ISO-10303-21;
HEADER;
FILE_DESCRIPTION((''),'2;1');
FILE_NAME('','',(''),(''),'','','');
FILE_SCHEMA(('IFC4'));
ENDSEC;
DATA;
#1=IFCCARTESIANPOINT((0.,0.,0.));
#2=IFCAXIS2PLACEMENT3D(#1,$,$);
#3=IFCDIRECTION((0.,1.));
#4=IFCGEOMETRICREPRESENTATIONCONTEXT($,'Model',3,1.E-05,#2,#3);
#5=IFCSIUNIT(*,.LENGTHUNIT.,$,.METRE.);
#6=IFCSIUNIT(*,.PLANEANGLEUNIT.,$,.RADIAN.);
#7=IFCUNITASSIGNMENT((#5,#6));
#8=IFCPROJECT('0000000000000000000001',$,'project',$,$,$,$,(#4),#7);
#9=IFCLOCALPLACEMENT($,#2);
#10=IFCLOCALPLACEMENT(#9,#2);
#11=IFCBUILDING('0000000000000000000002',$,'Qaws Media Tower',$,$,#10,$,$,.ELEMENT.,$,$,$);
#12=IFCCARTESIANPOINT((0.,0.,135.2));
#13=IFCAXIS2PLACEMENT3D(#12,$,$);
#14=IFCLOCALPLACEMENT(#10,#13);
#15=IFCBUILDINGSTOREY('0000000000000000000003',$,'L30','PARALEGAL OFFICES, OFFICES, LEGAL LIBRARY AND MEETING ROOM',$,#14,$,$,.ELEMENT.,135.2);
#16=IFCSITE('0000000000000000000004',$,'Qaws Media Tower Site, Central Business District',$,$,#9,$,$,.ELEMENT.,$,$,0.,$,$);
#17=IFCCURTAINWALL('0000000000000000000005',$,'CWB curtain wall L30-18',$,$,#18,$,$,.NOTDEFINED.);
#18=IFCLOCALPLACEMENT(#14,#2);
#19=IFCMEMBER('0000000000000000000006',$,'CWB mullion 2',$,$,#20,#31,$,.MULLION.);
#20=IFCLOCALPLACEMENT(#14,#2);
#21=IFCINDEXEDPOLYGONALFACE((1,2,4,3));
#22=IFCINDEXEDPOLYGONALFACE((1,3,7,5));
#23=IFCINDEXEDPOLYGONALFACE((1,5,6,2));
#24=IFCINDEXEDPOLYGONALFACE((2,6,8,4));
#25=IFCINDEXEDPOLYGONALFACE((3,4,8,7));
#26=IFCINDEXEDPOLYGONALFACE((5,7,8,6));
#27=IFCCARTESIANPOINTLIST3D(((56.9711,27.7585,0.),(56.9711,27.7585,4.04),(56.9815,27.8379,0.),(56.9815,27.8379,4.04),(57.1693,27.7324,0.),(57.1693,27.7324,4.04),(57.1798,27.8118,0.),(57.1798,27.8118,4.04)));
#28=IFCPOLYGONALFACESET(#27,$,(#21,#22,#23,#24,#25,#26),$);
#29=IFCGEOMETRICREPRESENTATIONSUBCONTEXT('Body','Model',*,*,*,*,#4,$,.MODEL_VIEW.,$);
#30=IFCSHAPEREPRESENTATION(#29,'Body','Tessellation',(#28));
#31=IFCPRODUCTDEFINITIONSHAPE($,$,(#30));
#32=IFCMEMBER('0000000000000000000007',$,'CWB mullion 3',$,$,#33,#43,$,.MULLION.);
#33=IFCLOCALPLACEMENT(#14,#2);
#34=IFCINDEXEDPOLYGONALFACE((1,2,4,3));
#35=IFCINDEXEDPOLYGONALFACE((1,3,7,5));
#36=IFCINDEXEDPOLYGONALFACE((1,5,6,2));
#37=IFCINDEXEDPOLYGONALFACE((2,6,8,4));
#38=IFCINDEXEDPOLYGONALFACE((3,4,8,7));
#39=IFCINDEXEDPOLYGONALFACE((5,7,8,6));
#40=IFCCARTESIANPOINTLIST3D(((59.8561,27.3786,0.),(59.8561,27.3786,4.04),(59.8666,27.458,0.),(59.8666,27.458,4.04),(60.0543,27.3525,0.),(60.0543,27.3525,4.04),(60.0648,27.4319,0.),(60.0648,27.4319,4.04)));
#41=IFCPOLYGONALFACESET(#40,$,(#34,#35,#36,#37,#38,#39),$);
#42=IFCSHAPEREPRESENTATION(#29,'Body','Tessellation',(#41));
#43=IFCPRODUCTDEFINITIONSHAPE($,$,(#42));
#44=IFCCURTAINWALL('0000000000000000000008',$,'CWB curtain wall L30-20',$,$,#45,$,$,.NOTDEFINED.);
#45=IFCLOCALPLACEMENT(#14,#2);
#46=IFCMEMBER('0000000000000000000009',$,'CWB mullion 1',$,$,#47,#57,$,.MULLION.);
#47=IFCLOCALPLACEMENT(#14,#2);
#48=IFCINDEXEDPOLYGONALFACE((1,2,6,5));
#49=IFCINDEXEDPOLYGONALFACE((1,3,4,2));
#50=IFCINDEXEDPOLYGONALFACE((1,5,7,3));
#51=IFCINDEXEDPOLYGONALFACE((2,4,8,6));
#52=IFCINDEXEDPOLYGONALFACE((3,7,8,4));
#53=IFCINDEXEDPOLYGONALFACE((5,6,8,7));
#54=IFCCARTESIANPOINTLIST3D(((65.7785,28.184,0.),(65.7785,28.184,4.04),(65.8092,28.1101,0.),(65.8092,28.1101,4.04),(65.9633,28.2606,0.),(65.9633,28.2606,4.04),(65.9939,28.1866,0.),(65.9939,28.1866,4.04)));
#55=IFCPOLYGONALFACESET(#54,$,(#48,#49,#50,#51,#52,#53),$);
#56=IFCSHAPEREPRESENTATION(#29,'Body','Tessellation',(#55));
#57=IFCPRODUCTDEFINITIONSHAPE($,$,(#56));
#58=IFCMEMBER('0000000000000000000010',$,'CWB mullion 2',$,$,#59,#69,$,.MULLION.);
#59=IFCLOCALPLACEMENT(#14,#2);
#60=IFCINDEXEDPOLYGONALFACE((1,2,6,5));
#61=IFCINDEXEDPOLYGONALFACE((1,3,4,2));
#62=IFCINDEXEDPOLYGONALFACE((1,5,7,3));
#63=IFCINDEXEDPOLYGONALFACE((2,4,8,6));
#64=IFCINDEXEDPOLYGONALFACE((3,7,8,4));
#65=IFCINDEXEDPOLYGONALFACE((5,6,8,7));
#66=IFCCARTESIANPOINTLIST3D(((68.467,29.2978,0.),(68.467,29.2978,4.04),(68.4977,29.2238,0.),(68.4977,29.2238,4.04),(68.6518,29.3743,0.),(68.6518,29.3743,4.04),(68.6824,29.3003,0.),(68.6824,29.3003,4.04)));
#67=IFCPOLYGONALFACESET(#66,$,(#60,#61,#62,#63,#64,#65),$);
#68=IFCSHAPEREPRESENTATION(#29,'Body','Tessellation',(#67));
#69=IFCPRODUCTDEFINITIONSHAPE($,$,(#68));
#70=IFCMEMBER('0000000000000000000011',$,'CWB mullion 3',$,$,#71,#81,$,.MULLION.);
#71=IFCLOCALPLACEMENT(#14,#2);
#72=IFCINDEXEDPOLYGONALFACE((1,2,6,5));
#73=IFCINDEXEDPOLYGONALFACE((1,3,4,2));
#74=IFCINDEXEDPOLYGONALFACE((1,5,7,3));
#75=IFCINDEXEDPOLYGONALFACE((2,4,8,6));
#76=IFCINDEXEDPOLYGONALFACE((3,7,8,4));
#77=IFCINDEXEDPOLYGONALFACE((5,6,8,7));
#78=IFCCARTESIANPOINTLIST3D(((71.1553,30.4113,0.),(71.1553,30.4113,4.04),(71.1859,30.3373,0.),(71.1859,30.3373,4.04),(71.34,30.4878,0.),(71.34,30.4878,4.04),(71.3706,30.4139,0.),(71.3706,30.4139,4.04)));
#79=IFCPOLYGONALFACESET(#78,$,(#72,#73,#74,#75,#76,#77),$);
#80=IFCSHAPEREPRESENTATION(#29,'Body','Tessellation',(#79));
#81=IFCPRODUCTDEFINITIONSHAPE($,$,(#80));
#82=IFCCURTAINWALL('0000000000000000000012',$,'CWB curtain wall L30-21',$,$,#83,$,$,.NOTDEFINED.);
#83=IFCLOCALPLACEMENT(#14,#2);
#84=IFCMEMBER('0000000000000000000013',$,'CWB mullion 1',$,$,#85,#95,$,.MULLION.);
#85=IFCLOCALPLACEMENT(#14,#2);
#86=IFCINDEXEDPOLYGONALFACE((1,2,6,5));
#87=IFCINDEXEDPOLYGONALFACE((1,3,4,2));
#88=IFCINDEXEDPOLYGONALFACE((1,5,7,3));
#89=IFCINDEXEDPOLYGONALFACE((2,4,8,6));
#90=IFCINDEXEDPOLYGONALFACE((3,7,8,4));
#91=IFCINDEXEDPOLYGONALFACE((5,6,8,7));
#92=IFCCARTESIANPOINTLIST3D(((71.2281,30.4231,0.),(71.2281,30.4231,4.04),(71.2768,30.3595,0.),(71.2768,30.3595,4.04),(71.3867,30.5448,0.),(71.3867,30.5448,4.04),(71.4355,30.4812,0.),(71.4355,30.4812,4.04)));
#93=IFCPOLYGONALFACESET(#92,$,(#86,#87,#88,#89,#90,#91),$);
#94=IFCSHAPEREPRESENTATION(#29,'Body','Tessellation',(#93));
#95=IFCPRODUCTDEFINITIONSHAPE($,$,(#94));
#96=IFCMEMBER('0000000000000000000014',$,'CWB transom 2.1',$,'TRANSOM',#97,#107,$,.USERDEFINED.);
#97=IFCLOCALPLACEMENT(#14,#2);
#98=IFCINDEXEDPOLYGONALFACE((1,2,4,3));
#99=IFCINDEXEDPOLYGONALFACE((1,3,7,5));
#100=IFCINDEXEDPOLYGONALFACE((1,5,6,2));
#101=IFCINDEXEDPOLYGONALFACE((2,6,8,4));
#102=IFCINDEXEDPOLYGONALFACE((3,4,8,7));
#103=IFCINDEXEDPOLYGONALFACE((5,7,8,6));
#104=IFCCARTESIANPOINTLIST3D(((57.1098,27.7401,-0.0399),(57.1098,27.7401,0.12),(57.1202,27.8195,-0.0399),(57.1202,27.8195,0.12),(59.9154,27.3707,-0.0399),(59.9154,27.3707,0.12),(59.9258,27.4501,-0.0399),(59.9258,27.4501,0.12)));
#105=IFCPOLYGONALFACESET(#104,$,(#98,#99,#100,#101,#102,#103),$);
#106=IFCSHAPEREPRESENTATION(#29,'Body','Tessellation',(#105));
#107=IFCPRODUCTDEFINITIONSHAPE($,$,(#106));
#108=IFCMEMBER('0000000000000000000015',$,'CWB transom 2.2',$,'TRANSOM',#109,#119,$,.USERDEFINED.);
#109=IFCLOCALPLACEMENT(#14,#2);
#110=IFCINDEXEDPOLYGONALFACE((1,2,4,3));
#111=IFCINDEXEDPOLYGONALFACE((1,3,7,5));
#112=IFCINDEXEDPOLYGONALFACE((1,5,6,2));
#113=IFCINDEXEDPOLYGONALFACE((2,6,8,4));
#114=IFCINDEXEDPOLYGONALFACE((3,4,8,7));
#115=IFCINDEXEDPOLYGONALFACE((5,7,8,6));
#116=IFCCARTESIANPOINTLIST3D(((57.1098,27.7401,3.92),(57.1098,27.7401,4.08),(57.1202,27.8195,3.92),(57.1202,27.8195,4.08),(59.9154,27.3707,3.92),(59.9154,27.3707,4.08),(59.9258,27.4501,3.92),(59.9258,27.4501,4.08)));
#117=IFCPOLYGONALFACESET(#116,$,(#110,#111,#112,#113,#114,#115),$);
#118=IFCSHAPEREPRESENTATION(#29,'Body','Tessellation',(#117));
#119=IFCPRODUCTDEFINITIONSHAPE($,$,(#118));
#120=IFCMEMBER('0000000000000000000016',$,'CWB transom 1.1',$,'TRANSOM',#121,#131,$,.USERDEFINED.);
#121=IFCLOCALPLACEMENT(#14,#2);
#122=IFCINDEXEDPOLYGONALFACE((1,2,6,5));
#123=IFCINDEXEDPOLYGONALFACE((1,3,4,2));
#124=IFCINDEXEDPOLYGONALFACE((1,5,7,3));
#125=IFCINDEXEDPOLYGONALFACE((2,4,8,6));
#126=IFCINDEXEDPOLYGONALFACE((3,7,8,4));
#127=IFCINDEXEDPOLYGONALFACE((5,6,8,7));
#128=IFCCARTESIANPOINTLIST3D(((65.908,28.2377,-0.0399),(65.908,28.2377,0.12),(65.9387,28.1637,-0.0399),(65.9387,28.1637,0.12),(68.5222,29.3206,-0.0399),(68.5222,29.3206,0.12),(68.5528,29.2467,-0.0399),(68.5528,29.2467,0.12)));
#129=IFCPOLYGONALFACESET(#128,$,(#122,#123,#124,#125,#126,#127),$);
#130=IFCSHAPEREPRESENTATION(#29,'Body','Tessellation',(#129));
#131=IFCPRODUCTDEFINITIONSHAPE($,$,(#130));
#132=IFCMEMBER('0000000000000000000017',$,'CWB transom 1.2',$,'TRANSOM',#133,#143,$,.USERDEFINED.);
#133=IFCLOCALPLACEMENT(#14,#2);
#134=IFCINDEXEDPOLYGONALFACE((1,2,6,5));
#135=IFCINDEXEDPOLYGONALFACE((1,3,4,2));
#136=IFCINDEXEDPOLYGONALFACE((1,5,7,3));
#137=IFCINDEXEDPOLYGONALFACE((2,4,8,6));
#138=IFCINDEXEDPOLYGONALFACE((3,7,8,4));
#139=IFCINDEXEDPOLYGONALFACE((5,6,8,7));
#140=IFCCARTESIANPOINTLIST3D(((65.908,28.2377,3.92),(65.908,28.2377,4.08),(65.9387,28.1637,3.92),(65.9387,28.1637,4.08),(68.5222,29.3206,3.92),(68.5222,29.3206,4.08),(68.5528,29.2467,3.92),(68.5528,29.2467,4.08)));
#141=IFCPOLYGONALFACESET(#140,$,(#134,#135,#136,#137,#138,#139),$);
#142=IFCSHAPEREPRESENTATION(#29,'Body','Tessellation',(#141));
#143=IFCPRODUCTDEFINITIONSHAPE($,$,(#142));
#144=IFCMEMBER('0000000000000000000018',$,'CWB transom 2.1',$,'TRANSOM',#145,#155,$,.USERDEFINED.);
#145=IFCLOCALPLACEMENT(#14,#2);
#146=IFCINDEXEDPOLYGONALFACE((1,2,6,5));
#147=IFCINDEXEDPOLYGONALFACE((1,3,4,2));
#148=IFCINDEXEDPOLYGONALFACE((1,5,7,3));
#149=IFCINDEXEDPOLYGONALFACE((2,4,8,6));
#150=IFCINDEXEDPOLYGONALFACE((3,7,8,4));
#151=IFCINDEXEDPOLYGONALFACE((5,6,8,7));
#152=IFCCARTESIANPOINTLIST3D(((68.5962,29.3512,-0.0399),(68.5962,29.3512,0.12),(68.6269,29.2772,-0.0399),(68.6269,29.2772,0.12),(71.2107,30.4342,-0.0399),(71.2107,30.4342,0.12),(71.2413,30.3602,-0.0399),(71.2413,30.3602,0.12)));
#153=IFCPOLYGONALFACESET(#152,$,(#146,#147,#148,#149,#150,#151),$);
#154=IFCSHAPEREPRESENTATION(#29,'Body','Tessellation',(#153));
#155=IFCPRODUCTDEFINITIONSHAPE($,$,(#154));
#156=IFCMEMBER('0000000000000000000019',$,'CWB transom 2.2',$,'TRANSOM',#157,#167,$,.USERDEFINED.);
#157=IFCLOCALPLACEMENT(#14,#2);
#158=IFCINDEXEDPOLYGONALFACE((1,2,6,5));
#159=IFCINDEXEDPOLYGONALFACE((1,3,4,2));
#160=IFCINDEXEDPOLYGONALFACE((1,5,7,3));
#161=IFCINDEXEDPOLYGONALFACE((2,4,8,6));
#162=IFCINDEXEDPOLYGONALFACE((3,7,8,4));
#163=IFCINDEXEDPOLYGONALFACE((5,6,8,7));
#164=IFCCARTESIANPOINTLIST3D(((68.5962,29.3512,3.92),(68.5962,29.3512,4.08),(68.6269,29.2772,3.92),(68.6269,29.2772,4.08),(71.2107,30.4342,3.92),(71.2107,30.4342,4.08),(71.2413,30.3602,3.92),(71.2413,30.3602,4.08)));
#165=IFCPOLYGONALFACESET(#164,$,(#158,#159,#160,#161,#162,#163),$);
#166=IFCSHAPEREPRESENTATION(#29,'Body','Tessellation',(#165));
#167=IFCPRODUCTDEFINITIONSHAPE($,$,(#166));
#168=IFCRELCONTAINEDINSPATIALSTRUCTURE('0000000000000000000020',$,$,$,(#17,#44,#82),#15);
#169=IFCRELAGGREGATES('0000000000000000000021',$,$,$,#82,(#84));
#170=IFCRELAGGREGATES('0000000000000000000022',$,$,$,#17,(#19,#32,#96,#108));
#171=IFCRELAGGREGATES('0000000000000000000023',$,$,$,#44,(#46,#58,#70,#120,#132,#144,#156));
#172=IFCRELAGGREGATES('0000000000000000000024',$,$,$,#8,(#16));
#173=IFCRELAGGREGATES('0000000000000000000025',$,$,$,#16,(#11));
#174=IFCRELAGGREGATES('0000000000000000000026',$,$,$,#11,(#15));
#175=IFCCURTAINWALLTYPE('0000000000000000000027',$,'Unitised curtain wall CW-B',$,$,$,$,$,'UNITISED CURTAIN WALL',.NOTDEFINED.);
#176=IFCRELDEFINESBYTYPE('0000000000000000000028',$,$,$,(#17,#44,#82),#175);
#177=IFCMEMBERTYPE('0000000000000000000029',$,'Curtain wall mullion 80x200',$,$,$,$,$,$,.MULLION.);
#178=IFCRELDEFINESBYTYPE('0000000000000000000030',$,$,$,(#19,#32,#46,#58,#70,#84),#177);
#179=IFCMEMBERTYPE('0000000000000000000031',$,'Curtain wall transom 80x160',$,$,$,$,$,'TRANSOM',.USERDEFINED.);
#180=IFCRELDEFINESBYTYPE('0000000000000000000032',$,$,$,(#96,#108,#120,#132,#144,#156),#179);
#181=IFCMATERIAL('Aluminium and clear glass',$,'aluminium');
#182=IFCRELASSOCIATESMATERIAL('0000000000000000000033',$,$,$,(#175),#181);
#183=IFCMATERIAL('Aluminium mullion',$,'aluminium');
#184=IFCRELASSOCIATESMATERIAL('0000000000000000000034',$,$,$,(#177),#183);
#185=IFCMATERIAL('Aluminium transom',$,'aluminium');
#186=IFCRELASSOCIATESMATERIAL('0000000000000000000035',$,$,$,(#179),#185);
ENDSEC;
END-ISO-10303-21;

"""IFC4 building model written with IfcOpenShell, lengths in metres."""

from ifc_helpers import new_model, si_unit, direction, frame, origin, origin_2d, place, context, subcontext, project, spatial, rectangle, extrude, material, material_profile, profile_set, type_object, element, aggregate, save


model = new_model("IFC4")

# Units and contexts
model_context = context("Model", 3, precision=1e-05, world=origin(), true_north=direction((0.0, 1.0)))
body_context = subcontext(model_context, "Body", "Model", "MODEL_VIEW")
ifc_project = project(units=[si_unit("LENGTHUNIT", "METRE"), si_unit("PLANEANGLEUNIT", "RADIAN")], contexts=[model_context])

# Site, building, storey
site_placement = place(None, origin())
site = spatial("IfcSite", under=ifc_project, at=site_placement, Name="Qaws Media Tower Site, Central Business District", CompositionType="ELEMENT", RefElevation=0.0)
building_placement = place(site_placement, origin())
building = spatial("IfcBuilding", under=site, at=building_placement, Name="Qaws Media Tower", CompositionType="ELEMENT")
storey_placement = place(building_placement, frame((0.0, 0.0, 135.2)))
storey = spatial("IfcBuildingStorey", under=building, at=storey_placement, Name="L30", Description="PARALEGAL OFFICES, OFFICES, LEGAL LIBRARY AND MEETING ROOM", CompositionType="ELEMENT", Elevation=135.2)

# Curtain walls, members
ifc_material_1 = material(Name="Aluminium and clear glass", Category="aluminium")
curtain_wall_type = type_object("IfcCurtainWallType", Name="Unitised curtain wall CW-B", ElementType="UNITISED CURTAIN WALL", PredefinedType="NOTDEFINED", material=ifc_material_1)
curtain_wall_1_placement = place(storey_placement, origin())
curtain_wall_1 = element("IfcCurtainWall", 1, at=curtain_wall_1_placement, inside=storey, type_object=curtain_wall_type, Name="CWB curtain wall L30-18", PredefinedType="NOTDEFINED")
ifc_material_2 = material(Name="Aluminium mullion", Category="aluminium")
ifc_material_profile_1 = material_profile(ifc_material_2, rectangle(XDim=0.0801, YDim=0.2, at=origin_2d()), Name="80x200")
ifc_profile_set_1 = profile_set([ifc_material_profile_1], Name="Aluminium mullion")
member_type_1 = type_object("IfcMemberType", Name="Curtain wall mullion 80x200", PredefinedType="MULLION", material=ifc_profile_set_1)
member_1_placement = place(storey_placement, frame((57.0754, 27.7852, 0.0), z_axis=(0.0, 0.0, 1.0), x_axis=(0.130526, 0.991445, 0.0)))
member_1 = element("IfcMember", 2, at=member_1_placement, type_object=member_type_1, Name="CWB mullion 2", PredefinedType="MULLION", context=body_context, shape_type="SweptSolid", body=[
    extrude(rectangle(XDim=0.0801, YDim=0.2, at=origin_2d()), origin(), (0.0, 0.0, 1.0), 4.04),
])
member_2_placement = place(storey_placement, frame((59.9604, 27.4053, 0.0), z_axis=(0.0, 0.0, 1.0), x_axis=(0.130526, 0.991445, 0.0)))
member_2 = element("IfcMember", 3, at=member_2_placement, type_object=member_type_1, Name="CWB mullion 3", PredefinedType="MULLION", context=body_context, shape_type="SweptSolid", body=[
    extrude(rectangle(XDim=0.0801, YDim=0.2, at=origin_2d()), origin(), (0.0, 0.0, 1.0), 4.04),
])
curtain_wall_2_placement = place(storey_placement, origin())
curtain_wall_2 = element("IfcCurtainWall", 4, at=curtain_wall_2_placement, inside=storey, type_object=curtain_wall_type, Name="CWB curtain wall L30-20", PredefinedType="NOTDEFINED")
member_3_placement = place(storey_placement, frame((65.8862, 28.1853, 0.0), z_axis=(0.0, 0.0, 1.0), x_axis=(-0.382683, 0.92388, 0.0)))
member_3 = element("IfcMember", 5, at=member_3_placement, type_object=member_type_1, Name="CWB mullion 1", PredefinedType="MULLION", context=body_context, shape_type="SweptSolid", body=[
    extrude(rectangle(XDim=0.0801, YDim=0.2, at=origin_2d()), origin(), (0.0, 0.0, 1.0), 4.04),
])
member_4_placement = place(storey_placement, frame((68.5747, 29.2991, 0.0), z_axis=(0.0, 0.0, 1.0), x_axis=(-0.382683, 0.92388, 0.0)))
member_4 = element("IfcMember", 6, at=member_4_placement, type_object=member_type_1, Name="CWB mullion 2", PredefinedType="MULLION", context=body_context, shape_type="SweptSolid", body=[
    extrude(rectangle(XDim=0.0801, YDim=0.2, at=origin_2d()), origin(), (0.0, 0.0, 1.0), 4.04),
])
member_5_placement = place(storey_placement, frame((71.2629, 30.4126, 0.0), z_axis=(0.0, 0.0, 1.0), x_axis=(-0.382683, 0.92388, 0.0)))
member_5 = element("IfcMember", 7, at=member_5_placement, type_object=member_type_1, Name="CWB mullion 3", PredefinedType="MULLION", context=body_context, shape_type="SweptSolid", body=[
    extrude(rectangle(XDim=0.0801, YDim=0.2, at=origin_2d()), origin(), (0.0, 0.0, 1.0), 4.04),
])

# Curtain wall, member
curtain_wall_3_placement = place(storey_placement, origin())
curtain_wall_3 = element("IfcCurtainWall", 8, at=curtain_wall_3_placement, inside=storey, type_object=curtain_wall_type, Name="CWB curtain wall L30-21", PredefinedType="NOTDEFINED")
member_6_placement = place(storey_placement, frame((71.3318, 30.4521, 0.0), z_axis=(0.0, 0.0, 1.0), x_axis=(-0.608761, 0.793353, 0.0)))
member_6 = element("IfcMember", 9, at=member_6_placement, type_object=member_type_1, Name="CWB mullion 1", PredefinedType="MULLION", context=body_context, shape_type="SweptSolid", body=[
    extrude(rectangle(XDim=0.0801, YDim=0.2, at=origin_2d()), origin(), (0.0, 0.0, 1.0), 4.04),
])
aggregate(curtain_wall_3, [member_6])

# Members
ifc_material_3 = material(Name="Aluminium transom", Category="aluminium")
ifc_material_profile_2 = material_profile(ifc_material_3, rectangle(XDim=0.0801, YDim=0.1599, at=origin_2d()), Name="80x160")
ifc_profile_set_2 = profile_set([ifc_material_profile_2], Name="Aluminium transom")
member_type_2 = type_object("IfcMemberType", Name="Curtain wall transom 80x160", ElementType="TRANSOM", PredefinedType="USERDEFINED", material=ifc_profile_set_2)
member_7_placement = place(storey_placement, frame((57.115, 27.7798, 0.04), z_axis=(0.991444, -0.13053, 0.0), x_axis=(0.13053, 0.991444, 0.0)))
member_7 = element("IfcMember", 10, at=member_7_placement, type_object=member_type_2, Name="CWB transom 2.1", ObjectType="TRANSOM", PredefinedType="USERDEFINED", context=body_context, shape_type="SweptSolid", body=[
    extrude(rectangle(XDim=0.0801, YDim=0.1599, at=origin_2d()), origin(), (0.0, 0.0, 1.0), 2.8298),
])
member_8_placement = place(storey_placement, frame((57.115, 27.7798, 4.0), z_axis=(0.991444, -0.13053, 0.0), x_axis=(0.13053, 0.991444, 0.0)))
member_8 = element("IfcMember", 11, at=member_8_placement, type_object=member_type_2, Name="CWB transom 2.2", ObjectType="TRANSOM", PredefinedType="USERDEFINED", context=body_context, shape_type="SweptSolid", body=[
    extrude(rectangle(XDim=0.0801, YDim=0.1599, at=origin_2d()), origin(), (0.0, 0.0, 1.0), 2.8298),
])
member_9_placement = place(storey_placement, frame((65.9233, 28.2007, 0.04), z_axis=(0.923861, 0.382728, 0.0), x_axis=(-0.382728, 0.923861, 0.0)))
member_9 = element("IfcMember", 12, at=member_9_placement, type_object=member_type_2, Name="CWB transom 1.1", ObjectType="TRANSOM", PredefinedType="USERDEFINED", context=body_context, shape_type="SweptSolid", body=[
    extrude(rectangle(XDim=0.0801, YDim=0.1599, at=origin_2d()), origin(), (0.0, 0.0, 1.0), 2.8296),
])
member_10_placement = place(storey_placement, frame((65.9233, 28.2007, 4.0), z_axis=(0.923861, 0.382728, 0.0), x_axis=(-0.382728, 0.923861, 0.0)))
member_10 = element("IfcMember", 13, at=member_10_placement, type_object=member_type_2, Name="CWB transom 1.2", ObjectType="TRANSOM", PredefinedType="USERDEFINED", context=body_context, shape_type="SweptSolid", body=[
    extrude(rectangle(XDim=0.0801, YDim=0.1599, at=origin_2d()), origin(), (0.0, 0.0, 1.0), 2.8296),
])
member_11_placement = place(storey_placement, frame((68.6116, 29.3142, 0.04), z_axis=(0.923874, 0.382697, 0.0), x_axis=(-0.382697, 0.923874, 0.0)))
member_11 = element("IfcMember", 14, at=member_11_placement, type_object=member_type_2, Name="CWB transom 2.1", ObjectType="TRANSOM", PredefinedType="USERDEFINED", context=body_context, shape_type="SweptSolid", body=[
    extrude(rectangle(XDim=0.0801, YDim=0.1599, at=origin_2d()), origin(), (0.0, 0.0, 1.0), 2.8298),
])
member_12_placement = place(storey_placement, frame((68.6116, 29.3142, 4.0), z_axis=(0.923874, 0.382697, 0.0), x_axis=(-0.382697, 0.923874, 0.0)))
member_12 = element("IfcMember", 15, at=member_12_placement, type_object=member_type_2, Name="CWB transom 2.2", ObjectType="TRANSOM", PredefinedType="USERDEFINED", context=body_context, shape_type="SweptSolid", body=[
    extrude(rectangle(XDim=0.0801, YDim=0.1599, at=origin_2d()), origin(), (0.0, 0.0, 1.0), 2.8298),
])

aggregate(curtain_wall_1, [member_1, member_2, member_7, member_8])
aggregate(curtain_wall_2, [member_3, member_4, member_5, member_9, member_10, member_11, member_12])

save(model, "model.ifc")
